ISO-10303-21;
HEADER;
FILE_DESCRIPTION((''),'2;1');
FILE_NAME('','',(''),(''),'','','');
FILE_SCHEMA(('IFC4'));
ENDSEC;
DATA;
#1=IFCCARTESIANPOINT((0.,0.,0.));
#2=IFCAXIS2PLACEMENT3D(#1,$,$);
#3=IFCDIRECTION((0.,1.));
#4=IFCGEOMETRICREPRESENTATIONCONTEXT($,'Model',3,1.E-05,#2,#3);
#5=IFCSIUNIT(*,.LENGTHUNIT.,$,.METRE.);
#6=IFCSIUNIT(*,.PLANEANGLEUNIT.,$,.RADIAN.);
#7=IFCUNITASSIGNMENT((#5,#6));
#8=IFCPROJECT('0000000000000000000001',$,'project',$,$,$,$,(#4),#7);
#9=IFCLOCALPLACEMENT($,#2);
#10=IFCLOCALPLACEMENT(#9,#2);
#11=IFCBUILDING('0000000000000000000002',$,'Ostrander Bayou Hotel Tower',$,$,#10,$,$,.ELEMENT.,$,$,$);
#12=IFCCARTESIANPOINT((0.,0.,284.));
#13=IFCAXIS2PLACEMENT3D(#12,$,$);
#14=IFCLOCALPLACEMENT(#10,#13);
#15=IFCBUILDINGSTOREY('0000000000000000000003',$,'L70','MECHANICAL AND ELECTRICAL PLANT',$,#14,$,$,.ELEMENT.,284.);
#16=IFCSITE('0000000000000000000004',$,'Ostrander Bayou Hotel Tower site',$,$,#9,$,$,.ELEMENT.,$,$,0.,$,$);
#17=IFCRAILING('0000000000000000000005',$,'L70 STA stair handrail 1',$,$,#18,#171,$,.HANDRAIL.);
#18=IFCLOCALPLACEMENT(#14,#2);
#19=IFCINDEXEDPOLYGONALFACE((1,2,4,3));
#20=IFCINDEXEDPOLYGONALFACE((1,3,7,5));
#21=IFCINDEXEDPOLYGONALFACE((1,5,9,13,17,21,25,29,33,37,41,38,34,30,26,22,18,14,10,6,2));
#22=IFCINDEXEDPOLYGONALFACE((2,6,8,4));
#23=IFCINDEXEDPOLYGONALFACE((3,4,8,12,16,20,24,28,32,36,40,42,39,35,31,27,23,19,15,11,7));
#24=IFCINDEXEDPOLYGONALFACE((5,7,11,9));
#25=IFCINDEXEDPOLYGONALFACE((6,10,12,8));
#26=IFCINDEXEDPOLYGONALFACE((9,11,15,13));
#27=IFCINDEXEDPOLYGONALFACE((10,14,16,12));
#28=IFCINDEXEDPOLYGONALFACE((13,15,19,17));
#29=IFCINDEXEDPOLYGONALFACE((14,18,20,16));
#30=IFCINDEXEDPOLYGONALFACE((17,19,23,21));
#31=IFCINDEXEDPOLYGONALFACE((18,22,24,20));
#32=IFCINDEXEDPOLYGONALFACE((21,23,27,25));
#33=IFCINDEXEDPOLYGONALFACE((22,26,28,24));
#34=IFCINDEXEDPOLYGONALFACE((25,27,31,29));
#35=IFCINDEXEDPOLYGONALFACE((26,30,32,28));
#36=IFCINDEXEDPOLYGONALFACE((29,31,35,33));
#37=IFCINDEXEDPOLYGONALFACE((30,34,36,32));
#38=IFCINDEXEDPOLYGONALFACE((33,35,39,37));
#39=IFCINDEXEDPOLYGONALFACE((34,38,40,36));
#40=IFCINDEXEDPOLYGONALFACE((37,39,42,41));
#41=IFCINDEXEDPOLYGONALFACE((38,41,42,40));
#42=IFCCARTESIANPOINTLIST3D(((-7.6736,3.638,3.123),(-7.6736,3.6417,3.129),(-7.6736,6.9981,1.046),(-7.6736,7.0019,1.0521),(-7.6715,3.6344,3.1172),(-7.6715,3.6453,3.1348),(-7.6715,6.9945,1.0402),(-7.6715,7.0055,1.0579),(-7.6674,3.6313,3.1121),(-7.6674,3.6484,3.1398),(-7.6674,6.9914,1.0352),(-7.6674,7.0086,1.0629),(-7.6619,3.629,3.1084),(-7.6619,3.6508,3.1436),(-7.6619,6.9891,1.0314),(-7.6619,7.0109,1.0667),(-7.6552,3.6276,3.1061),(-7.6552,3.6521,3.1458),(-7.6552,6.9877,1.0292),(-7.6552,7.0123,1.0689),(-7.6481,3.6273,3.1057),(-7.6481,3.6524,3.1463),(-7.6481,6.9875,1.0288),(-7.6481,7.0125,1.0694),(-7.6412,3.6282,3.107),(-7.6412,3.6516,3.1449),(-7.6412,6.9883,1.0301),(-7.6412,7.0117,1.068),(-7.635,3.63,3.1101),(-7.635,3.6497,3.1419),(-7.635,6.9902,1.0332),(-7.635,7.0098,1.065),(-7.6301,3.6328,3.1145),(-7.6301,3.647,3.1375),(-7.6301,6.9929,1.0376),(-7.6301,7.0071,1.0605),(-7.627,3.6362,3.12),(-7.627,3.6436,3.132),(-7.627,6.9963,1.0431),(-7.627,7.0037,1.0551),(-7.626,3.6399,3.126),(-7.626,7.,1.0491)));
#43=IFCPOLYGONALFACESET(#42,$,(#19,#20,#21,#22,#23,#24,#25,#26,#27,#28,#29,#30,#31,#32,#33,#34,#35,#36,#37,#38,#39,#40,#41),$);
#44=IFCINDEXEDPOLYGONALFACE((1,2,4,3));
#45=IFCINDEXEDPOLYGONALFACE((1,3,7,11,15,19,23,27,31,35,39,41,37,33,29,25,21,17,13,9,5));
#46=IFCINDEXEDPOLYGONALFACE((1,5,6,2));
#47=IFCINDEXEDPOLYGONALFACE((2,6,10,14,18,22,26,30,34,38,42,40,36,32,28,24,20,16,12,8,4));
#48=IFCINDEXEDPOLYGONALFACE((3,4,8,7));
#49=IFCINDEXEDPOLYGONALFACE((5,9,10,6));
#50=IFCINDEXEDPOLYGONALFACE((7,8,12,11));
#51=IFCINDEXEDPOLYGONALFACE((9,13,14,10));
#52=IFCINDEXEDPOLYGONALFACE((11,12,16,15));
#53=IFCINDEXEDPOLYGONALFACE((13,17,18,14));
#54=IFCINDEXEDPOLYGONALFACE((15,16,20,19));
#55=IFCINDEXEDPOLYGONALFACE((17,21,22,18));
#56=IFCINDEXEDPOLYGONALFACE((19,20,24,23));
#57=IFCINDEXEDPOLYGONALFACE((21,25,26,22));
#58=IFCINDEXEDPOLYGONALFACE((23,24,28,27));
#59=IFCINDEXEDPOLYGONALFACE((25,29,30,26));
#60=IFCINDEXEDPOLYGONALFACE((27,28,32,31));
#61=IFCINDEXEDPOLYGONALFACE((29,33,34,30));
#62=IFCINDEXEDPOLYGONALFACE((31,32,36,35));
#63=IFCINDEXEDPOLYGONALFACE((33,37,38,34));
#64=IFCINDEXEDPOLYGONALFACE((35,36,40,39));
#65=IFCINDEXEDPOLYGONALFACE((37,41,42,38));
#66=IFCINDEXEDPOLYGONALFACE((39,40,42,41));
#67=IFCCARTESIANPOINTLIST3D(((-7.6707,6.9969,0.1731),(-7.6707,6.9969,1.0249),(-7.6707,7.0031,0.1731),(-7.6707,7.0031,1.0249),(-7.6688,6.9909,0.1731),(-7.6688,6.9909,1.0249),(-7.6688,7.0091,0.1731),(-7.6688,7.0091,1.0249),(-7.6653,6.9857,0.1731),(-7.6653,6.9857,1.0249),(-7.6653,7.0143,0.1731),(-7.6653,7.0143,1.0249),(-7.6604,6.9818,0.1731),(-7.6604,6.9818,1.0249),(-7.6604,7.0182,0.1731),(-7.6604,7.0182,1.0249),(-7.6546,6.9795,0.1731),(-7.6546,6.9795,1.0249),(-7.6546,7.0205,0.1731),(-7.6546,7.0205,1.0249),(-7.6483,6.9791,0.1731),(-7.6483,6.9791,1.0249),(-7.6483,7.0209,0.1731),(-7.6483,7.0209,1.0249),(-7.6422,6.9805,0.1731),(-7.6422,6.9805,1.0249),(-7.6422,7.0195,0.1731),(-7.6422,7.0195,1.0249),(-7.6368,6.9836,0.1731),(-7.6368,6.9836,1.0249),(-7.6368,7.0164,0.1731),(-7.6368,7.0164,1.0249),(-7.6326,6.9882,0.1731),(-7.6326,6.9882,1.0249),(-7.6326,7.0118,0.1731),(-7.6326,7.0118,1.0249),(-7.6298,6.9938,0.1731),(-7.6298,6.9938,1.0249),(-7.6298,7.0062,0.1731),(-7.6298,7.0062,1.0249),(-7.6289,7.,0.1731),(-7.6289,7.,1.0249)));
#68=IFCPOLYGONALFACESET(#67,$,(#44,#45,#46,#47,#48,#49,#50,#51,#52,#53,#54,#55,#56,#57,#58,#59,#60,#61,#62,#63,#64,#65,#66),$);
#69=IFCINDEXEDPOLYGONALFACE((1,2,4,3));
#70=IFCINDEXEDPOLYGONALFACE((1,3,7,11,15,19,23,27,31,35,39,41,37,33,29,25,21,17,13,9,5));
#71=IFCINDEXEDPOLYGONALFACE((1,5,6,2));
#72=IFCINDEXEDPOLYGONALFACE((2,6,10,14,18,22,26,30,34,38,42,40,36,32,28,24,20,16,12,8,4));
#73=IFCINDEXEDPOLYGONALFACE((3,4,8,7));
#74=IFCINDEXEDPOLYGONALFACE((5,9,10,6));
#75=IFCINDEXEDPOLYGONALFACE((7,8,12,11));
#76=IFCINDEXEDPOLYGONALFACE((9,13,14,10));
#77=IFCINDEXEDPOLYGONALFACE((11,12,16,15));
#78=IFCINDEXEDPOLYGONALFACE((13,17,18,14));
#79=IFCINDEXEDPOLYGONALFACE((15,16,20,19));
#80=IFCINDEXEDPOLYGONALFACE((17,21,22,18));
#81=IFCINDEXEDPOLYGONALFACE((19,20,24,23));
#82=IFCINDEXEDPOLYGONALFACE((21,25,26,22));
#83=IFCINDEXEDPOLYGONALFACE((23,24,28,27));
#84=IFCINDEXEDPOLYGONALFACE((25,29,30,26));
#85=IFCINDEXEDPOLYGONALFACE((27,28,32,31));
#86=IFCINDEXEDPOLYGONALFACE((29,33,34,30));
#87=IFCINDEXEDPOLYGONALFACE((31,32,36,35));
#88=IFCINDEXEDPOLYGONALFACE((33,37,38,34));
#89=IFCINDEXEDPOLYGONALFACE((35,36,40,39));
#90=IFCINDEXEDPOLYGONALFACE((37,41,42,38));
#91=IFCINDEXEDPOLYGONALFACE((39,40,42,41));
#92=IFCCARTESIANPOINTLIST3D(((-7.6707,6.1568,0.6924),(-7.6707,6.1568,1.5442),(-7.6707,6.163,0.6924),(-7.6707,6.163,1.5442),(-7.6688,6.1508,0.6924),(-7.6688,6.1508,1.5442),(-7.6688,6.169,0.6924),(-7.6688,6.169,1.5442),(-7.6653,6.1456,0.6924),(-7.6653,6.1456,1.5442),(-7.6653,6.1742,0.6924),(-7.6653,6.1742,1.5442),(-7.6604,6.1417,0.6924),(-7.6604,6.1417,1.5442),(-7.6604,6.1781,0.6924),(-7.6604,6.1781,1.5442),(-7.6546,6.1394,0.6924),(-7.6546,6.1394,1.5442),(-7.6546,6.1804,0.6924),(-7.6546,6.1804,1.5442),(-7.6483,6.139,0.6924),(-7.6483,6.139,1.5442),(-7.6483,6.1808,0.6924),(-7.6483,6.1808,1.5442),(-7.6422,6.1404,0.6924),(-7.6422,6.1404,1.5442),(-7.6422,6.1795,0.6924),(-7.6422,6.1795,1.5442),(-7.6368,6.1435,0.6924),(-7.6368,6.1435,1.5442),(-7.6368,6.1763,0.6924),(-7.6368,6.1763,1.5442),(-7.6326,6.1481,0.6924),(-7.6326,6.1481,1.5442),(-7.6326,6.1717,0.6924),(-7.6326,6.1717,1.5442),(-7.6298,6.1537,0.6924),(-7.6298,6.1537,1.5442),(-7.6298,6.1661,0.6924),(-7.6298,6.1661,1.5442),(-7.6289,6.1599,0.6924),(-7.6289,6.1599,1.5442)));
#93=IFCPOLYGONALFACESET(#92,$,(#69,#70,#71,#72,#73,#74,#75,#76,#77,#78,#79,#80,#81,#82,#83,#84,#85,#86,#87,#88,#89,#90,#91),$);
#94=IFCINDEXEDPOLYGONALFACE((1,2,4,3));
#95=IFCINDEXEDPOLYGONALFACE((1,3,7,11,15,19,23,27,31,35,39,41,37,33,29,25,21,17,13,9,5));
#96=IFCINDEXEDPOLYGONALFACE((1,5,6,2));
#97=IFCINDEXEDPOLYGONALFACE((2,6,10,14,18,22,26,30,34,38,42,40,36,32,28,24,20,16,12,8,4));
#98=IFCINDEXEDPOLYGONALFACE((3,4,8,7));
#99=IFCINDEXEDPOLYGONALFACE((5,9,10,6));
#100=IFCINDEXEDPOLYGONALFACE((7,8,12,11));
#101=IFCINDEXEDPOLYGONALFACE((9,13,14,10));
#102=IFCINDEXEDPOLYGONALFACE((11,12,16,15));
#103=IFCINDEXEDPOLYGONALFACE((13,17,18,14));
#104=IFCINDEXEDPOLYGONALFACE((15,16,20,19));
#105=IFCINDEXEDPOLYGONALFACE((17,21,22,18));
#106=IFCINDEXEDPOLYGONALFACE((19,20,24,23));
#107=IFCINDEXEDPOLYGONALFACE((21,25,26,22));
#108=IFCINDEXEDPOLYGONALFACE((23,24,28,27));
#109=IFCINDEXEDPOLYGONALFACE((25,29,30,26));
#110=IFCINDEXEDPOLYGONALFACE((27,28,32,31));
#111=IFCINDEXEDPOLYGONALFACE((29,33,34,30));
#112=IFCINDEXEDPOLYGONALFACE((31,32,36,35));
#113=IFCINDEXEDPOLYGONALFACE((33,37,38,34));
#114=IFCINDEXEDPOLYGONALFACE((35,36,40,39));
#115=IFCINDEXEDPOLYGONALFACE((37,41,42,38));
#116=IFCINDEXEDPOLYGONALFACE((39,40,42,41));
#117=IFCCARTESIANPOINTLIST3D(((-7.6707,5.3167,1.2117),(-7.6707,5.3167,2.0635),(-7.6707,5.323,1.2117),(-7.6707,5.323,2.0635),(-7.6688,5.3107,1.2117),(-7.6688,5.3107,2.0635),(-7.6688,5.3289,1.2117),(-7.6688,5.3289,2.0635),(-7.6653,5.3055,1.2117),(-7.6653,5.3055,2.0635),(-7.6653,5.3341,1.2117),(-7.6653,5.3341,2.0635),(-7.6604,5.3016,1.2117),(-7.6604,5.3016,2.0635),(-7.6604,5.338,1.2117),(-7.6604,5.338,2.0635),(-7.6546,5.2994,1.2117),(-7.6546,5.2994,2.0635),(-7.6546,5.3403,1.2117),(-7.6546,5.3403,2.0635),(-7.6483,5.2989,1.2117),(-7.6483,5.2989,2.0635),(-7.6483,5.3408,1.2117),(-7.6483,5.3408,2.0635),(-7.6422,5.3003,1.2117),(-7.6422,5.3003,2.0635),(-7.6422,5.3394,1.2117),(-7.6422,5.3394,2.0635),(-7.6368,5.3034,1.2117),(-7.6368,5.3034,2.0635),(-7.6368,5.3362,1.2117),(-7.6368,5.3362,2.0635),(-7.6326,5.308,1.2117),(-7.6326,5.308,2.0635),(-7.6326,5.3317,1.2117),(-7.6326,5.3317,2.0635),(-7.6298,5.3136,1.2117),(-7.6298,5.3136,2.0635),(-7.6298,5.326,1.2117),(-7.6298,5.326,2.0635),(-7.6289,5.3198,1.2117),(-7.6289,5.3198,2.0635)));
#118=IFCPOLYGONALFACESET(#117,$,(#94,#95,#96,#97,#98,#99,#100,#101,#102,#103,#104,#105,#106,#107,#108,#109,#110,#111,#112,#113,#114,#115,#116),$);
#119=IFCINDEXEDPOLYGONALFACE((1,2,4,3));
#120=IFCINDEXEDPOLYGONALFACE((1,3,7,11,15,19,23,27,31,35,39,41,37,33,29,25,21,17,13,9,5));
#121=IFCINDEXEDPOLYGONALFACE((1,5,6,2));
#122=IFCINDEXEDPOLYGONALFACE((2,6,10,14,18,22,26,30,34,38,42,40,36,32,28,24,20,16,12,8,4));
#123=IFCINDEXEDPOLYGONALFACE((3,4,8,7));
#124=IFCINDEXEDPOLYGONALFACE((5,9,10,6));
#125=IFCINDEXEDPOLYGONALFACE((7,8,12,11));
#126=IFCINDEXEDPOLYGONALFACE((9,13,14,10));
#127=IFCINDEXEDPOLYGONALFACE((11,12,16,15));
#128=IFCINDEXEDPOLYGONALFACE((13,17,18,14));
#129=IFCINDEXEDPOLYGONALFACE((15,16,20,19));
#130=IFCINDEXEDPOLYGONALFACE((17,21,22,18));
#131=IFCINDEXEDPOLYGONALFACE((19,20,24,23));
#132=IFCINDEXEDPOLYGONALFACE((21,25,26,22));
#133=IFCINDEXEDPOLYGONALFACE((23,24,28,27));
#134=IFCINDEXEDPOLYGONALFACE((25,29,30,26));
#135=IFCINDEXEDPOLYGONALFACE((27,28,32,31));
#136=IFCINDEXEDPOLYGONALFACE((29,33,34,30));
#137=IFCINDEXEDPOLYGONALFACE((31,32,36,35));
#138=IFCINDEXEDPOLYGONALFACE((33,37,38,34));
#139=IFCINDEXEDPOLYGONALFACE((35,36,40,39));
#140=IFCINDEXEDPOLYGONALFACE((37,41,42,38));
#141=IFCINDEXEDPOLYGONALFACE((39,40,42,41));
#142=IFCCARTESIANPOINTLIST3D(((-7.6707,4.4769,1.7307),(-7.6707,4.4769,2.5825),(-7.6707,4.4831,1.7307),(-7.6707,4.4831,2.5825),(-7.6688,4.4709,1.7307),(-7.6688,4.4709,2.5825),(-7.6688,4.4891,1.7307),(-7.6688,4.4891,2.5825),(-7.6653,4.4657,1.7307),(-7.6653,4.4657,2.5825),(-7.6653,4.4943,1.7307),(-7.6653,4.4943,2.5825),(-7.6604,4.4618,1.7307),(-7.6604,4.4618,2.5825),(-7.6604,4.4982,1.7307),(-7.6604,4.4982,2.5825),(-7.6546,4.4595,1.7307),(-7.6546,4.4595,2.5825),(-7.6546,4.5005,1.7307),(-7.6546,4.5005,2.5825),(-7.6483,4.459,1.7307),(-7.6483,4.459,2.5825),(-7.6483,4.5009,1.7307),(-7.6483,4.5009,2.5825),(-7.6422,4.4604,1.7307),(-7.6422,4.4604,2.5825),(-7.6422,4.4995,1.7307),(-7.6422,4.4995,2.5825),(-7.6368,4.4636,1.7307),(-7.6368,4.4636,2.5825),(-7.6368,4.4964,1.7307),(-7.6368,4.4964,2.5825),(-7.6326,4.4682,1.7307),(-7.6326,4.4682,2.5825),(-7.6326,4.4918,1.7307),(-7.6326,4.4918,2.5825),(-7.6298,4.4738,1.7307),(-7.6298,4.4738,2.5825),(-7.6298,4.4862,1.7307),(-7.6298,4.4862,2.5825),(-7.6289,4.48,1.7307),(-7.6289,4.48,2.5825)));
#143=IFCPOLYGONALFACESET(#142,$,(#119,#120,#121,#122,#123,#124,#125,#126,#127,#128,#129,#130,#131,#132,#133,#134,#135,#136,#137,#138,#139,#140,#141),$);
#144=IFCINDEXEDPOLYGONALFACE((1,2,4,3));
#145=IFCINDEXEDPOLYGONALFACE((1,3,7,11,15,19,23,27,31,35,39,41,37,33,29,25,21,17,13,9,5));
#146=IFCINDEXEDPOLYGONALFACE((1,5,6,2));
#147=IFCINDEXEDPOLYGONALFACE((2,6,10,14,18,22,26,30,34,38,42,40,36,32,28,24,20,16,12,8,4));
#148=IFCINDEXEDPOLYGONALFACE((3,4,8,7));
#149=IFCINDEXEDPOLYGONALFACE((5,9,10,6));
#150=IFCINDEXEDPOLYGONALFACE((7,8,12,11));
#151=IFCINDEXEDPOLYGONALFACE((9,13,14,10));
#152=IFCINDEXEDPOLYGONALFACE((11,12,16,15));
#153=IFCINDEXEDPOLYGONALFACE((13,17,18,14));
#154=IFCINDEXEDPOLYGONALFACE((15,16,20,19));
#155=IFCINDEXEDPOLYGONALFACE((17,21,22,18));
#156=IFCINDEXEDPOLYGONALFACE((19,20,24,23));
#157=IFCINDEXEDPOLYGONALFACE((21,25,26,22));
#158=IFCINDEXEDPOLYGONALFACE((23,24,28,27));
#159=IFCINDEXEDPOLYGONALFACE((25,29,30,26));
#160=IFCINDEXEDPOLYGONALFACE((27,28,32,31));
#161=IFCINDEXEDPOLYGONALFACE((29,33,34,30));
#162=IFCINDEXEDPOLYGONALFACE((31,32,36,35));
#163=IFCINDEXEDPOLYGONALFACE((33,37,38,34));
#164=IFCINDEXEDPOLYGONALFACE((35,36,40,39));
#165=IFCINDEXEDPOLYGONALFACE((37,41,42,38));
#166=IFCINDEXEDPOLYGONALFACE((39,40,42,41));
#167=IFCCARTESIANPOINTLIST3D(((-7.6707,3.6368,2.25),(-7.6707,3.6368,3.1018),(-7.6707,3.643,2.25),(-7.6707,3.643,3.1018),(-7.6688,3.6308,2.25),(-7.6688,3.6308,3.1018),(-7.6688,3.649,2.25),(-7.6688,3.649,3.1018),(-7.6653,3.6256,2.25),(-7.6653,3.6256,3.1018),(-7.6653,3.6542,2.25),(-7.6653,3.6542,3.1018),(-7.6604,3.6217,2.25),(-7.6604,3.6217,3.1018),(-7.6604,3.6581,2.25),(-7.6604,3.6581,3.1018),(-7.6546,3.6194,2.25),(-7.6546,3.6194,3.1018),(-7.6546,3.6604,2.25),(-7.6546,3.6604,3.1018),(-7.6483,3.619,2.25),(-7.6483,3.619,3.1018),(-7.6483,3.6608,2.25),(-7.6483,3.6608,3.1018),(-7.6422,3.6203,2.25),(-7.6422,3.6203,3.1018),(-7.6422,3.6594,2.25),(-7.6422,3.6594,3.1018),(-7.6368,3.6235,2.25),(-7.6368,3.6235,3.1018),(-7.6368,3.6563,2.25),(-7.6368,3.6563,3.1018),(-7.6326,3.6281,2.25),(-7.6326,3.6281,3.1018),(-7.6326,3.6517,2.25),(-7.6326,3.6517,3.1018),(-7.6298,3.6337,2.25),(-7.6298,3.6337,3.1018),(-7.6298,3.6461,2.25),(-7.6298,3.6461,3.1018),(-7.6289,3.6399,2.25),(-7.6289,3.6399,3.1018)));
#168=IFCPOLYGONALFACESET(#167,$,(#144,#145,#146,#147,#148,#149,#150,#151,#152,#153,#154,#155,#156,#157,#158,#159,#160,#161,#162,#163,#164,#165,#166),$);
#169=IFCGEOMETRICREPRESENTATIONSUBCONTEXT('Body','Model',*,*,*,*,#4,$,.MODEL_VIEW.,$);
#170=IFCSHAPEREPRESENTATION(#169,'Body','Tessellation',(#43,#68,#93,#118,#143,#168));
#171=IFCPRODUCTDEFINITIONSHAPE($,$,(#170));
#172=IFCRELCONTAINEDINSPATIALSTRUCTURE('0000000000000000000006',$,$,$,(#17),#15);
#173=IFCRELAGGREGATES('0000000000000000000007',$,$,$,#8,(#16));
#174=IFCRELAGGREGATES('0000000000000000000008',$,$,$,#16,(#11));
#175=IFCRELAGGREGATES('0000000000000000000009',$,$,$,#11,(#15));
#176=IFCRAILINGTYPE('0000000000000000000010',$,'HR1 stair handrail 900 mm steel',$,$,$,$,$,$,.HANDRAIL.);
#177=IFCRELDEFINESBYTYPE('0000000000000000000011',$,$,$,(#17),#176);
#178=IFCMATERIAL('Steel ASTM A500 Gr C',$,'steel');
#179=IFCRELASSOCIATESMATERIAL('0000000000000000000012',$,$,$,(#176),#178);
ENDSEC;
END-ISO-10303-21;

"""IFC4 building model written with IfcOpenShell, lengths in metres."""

from ifc_helpers import new_model, si_unit, direction, frame, origin, origin_2d, place, context, subcontext, project, spatial, circle, extrude, material, type_object, element, save


model = new_model("IFC4")

# Units and contexts
model_context = context("Model", 3, precision=1e-05, world=origin(), true_north=direction((0.0, 1.0)))
body_context = subcontext(model_context, "Body", "Model", "MODEL_VIEW")
ifc_project = project(units=[si_unit("LENGTHUNIT", "METRE"), si_unit("PLANEANGLEUNIT", "RADIAN")], contexts=[model_context])

# Site, building, storey
site_placement = place(None, origin())
site = spatial("IfcSite", under=ifc_project, at=site_placement, Name="Ostrander Bayou Hotel Tower site", CompositionType="ELEMENT", RefElevation=0.0)
building_placement = place(site_placement, origin())
building = spatial("IfcBuilding", under=site, at=building_placement, Name="Ostrander Bayou Hotel Tower", CompositionType="ELEMENT")
storey_placement = place(building_placement, frame((0.0, 0.0, 284.0)))
storey = spatial("IfcBuildingStorey", under=building, at=storey_placement, Name="L70", Description="MECHANICAL AND ELECTRICAL PLANT", CompositionType="ELEMENT", Elevation=284.0)

# Railing
ifc_material_1 = material(Name="Steel ASTM A500 Gr C", Category="steel")
railing_type_1 = type_object("IfcRailingType", Name="HR1 stair handrail 900 mm steel", PredefinedType="HANDRAIL", material=ifc_material_1)
railing_1_placement = place(storey_placement, frame((-7.6499, 7.0, 0.1731)))
element("IfcRailing", 1, at=railing_1_placement, inside=storey, type_object=railing_type_1, Name="L70 STA stair handrail 1", PredefinedType="HANDRAIL", context=body_context, shape_type="SweptSolid", body=[
    extrude(circle(Radius=0.0239, at=origin_2d()), frame((0.0, 0.0, 0.876), z_axis=(0.0, -0.850623, 0.525776), x_axis=(1.0, 0.0, 0.0)), (0.0, 0.0, 1.0), 3.9502),
    extrude(circle(Radius=0.021, at=origin_2d()), origin(), (0.0, 0.0, 1.0), 0.8518),
    extrude(circle(Radius=0.021, at=origin_2d()), frame((0.0, -0.8401, 0.5193)), (0.0, 0.0, 1.0), 0.8518),
    extrude(circle(Radius=0.021, at=origin_2d()), frame((0.0, -1.6802, 1.0386)), (0.0, 0.0, 1.0), 0.8518),
    extrude(circle(Radius=0.021, at=origin_2d()), frame((0.0, -2.52, 1.5576)), (0.0, 0.0, 1.0), 0.8518),
    extrude(circle(Radius=0.021, at=origin_2d()), frame((0.0, -3.3601, 2.0769)), (0.0, 0.0, 1.0), 0.8518),
])

save(model, "model.ifc")
